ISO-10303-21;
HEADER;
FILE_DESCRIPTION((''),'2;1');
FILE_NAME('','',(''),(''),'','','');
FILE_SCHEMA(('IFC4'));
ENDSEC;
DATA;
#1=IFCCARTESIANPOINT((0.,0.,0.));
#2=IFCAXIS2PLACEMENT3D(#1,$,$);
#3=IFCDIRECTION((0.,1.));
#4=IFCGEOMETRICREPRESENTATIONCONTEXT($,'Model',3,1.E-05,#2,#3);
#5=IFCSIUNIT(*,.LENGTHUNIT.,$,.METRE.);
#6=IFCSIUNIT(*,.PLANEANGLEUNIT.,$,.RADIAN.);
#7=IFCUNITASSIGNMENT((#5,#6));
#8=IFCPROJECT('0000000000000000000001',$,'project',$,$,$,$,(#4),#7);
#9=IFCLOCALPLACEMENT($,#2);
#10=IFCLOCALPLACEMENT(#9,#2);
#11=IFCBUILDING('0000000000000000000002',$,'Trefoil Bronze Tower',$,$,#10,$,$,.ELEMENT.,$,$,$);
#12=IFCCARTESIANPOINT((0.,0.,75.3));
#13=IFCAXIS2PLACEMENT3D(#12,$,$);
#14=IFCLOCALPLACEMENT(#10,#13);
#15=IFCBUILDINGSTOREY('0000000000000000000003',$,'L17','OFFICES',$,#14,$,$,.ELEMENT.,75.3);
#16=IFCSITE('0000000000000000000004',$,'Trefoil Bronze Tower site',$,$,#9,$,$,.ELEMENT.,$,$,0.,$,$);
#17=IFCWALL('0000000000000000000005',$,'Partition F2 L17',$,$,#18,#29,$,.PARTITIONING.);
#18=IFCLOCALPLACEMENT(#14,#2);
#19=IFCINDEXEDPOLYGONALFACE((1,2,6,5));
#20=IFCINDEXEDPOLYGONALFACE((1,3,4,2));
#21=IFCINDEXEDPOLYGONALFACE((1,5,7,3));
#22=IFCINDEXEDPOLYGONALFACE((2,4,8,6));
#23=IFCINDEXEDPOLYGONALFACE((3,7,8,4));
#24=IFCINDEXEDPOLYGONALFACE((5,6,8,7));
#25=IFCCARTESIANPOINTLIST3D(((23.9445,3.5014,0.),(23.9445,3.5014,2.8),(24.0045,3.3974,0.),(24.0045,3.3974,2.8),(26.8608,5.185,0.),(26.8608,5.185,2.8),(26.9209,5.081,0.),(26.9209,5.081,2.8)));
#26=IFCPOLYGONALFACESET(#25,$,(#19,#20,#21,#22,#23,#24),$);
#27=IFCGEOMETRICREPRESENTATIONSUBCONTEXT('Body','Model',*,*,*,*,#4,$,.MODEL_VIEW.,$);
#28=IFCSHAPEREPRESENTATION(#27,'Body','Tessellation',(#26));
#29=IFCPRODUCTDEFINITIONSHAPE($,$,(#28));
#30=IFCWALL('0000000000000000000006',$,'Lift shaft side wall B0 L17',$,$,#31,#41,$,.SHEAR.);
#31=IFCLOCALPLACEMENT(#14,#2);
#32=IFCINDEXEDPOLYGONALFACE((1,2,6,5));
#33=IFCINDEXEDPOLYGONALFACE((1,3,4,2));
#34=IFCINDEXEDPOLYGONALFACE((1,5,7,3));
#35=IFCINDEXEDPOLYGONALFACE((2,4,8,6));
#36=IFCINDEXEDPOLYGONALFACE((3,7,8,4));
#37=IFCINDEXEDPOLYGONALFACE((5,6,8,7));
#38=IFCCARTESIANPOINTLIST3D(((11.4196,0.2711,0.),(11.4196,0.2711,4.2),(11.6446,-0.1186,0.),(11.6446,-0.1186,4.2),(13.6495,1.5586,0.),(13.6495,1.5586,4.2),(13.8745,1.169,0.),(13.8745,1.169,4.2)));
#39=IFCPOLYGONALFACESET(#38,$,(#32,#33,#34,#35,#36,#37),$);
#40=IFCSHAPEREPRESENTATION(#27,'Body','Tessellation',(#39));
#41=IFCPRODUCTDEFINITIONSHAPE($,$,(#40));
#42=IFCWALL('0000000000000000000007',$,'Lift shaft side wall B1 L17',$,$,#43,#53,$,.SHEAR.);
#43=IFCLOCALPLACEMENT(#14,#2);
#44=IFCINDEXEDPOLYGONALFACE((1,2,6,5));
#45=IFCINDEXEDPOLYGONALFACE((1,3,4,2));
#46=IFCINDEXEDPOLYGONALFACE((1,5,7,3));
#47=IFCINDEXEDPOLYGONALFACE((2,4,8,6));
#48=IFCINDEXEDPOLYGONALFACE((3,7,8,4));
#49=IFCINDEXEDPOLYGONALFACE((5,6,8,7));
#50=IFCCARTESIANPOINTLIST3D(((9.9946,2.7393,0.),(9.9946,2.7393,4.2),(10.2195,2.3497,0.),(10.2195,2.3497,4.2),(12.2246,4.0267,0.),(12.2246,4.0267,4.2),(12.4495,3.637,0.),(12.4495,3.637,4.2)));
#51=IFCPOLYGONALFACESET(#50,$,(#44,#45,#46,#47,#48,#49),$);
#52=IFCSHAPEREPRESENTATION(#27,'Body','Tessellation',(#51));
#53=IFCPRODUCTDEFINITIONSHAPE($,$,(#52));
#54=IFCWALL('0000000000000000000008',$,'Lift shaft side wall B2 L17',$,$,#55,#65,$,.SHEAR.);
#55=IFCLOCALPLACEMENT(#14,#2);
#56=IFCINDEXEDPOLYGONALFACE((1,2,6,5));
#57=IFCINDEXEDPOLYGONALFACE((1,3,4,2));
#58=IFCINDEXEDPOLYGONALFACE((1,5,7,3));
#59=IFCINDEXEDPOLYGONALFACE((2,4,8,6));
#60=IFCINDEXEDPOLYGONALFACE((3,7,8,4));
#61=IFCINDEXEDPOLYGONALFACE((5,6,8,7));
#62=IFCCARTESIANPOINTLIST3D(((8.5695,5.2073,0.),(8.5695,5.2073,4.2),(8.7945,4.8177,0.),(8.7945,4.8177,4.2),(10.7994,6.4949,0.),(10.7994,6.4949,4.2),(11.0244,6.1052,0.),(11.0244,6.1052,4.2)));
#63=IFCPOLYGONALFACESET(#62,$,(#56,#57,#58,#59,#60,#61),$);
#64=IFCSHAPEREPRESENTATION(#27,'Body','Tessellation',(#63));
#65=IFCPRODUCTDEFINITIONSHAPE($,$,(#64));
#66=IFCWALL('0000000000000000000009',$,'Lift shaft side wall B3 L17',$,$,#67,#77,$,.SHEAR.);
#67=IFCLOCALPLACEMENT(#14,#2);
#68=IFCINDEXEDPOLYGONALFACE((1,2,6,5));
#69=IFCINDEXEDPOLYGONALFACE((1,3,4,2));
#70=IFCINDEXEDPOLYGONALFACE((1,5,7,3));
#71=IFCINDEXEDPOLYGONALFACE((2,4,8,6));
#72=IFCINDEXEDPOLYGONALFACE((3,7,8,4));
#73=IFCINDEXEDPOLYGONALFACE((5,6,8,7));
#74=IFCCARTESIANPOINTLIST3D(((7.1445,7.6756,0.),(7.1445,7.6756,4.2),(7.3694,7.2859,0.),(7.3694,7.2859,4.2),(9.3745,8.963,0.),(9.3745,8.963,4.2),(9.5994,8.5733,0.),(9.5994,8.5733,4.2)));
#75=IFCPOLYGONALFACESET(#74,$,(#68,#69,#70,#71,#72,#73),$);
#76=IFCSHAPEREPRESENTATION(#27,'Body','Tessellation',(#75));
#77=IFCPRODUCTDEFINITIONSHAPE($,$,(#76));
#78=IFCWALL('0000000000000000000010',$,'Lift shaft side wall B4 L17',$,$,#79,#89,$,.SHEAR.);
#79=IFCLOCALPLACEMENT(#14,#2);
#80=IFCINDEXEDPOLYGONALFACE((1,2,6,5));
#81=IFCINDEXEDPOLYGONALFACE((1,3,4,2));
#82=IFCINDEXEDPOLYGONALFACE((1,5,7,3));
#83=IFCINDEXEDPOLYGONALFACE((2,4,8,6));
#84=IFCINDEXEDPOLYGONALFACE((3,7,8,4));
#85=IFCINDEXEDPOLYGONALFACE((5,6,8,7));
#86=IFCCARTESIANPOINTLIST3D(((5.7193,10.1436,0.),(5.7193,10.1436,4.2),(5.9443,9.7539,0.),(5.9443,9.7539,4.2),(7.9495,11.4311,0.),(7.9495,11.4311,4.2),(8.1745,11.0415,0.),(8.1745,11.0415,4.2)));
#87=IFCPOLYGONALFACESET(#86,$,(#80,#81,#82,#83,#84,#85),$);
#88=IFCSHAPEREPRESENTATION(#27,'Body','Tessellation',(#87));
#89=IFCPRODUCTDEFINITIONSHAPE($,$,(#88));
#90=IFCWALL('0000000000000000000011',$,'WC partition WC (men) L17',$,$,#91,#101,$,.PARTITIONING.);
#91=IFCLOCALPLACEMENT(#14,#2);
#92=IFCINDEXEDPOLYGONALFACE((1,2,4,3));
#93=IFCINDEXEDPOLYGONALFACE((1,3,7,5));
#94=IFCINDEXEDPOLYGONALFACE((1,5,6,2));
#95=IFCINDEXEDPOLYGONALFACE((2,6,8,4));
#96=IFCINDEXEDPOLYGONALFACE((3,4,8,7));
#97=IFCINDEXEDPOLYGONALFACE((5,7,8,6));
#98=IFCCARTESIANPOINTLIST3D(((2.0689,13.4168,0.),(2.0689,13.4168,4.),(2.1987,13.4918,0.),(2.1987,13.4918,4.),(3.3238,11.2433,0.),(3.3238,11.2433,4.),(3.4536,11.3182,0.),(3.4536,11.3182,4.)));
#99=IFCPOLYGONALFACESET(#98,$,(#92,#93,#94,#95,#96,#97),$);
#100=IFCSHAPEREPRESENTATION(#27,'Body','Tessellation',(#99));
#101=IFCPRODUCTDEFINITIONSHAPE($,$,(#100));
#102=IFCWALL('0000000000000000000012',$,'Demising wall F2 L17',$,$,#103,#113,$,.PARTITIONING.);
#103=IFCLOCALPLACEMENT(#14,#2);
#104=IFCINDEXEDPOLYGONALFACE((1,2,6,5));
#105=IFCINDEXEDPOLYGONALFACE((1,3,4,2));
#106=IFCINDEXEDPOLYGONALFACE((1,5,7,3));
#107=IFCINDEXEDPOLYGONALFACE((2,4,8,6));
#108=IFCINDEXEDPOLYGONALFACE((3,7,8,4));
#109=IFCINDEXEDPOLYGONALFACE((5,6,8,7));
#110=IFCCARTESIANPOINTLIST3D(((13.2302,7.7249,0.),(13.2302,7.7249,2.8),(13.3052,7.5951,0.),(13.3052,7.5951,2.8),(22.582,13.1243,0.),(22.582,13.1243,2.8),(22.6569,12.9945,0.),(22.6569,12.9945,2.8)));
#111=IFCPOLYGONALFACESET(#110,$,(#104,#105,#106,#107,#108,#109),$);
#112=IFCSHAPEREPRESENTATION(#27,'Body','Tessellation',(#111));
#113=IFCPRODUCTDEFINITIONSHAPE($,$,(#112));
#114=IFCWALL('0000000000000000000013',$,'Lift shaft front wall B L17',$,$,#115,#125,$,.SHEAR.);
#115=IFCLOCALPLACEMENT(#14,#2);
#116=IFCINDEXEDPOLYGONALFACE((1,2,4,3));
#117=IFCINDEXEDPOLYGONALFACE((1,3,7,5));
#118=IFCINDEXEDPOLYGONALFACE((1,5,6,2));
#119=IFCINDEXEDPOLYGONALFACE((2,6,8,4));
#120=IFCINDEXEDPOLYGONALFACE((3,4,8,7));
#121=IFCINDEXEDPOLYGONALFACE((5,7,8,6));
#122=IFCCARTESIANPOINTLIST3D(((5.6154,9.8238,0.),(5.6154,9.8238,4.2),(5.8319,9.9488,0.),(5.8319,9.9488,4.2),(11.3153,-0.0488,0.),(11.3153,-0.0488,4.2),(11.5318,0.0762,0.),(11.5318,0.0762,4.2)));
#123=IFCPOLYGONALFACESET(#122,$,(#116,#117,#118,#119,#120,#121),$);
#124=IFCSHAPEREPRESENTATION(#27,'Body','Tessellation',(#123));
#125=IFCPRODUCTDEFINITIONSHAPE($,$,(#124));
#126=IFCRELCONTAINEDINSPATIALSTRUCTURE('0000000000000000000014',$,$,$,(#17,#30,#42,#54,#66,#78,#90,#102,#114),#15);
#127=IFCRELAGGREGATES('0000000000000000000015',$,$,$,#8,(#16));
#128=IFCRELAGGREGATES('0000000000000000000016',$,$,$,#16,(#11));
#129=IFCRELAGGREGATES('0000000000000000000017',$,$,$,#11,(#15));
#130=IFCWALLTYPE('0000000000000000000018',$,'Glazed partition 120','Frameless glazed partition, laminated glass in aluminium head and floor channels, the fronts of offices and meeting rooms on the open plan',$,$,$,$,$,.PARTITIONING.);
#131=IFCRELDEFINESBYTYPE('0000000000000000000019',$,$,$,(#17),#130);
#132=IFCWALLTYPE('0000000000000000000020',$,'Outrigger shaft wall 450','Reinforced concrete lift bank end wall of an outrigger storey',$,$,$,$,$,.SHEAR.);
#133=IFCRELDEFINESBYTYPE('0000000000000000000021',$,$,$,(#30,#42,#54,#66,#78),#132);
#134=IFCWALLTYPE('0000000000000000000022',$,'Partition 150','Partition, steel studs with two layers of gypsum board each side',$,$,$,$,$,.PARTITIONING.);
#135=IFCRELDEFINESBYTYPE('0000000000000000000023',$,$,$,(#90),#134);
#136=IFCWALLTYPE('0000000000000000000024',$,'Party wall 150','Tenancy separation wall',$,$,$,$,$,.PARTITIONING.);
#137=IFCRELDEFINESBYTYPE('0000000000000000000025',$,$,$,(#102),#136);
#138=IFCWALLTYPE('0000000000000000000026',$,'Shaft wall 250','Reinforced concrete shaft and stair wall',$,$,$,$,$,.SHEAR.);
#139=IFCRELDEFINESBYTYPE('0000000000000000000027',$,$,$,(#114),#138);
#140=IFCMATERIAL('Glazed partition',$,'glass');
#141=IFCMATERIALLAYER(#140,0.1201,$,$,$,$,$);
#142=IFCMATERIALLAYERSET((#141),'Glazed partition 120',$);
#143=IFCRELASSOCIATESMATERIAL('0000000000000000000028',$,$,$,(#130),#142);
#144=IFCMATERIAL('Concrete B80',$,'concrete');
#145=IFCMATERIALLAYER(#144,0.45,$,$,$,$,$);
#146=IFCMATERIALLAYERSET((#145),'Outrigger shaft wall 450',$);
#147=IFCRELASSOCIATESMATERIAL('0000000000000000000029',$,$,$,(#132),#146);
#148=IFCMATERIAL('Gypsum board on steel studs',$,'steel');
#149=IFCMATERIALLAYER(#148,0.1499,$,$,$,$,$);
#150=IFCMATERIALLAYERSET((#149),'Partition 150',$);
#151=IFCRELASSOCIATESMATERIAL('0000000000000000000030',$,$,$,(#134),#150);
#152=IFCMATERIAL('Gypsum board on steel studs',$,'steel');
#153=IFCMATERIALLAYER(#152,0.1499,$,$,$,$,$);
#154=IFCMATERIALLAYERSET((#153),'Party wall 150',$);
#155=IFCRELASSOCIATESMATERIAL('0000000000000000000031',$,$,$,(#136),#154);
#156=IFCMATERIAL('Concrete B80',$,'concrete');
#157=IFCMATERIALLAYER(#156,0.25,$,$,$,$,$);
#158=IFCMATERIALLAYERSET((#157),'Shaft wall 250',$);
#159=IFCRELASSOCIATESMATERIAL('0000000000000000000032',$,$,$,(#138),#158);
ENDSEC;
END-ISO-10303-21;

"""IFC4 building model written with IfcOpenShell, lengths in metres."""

from ifc_helpers import new_model, si_unit, direction, frame, frame_2d, origin, place, context, subcontext, project, spatial, rectangle, extrude, material, layer, layer_set, type_object, element, save


model = new_model("IFC4")

# Units and contexts
model_context = context("Model", 3, precision=1e-05, world=origin(), true_north=direction((0.0, 1.0)))
body_context = subcontext(model_context, "Body", "Model", "MODEL_VIEW")
ifc_project = project(units=[si_unit("LENGTHUNIT", "METRE"), si_unit("PLANEANGLEUNIT", "RADIAN")], contexts=[model_context])

# Site, building, storey
site_placement = place(None, origin())
site = spatial("IfcSite", under=ifc_project, at=site_placement, Name="Trefoil Bronze Tower site", CompositionType="ELEMENT", RefElevation=0.0)
building_placement = place(site_placement, origin())
building = spatial("IfcBuilding", under=site, at=building_placement, Name="Trefoil Bronze Tower", CompositionType="ELEMENT")
storey_placement = place(building_placement, frame((0.0, 0.0, 75.3)))
storey = spatial("IfcBuildingStorey", under=building, at=storey_placement, Name="L17", Description="OFFICES", CompositionType="ELEMENT", Elevation=75.3)

# Shared definitions
ifc_material_1 = material(Name="Glazed partition", Category="glass")
ifc_layer_1 = layer(ifc_material_1, 0.1201)
ifc_layer_set_1 = layer_set([ifc_layer_1], Name="Glazed partition 120")
wall_type_1 = type_object("IfcWallType", Name="Glazed partition 120", Description="Frameless glazed partition, laminated glass in aluminium head and floor channels, the fronts of offices and meeting rooms on the open plan", PredefinedType="PARTITIONING", material=ifc_layer_set_1)

# Walls
wall_1_placement = place(storey_placement, frame((23.9746, 3.4495, 0.0), z_axis=(0.0, 0.0, 1.0), x_axis=(0.866039, 0.499976, 0.0)))
element("IfcWall", 1, at=wall_1_placement, inside=storey, type_object=wall_type_1, Name="Partition F2 L17", PredefinedType="PARTITIONING", context=body_context, shape_type="SweptSolid", body=[
    extrude(rectangle(XDim=3.3674, YDim=0.1201, at=frame_2d((1.6836, 0.0))), origin(), (0.0, 0.0, 1.0), 2.8),
])
ifc_material_2 = material(Name="Concrete B80", Category="concrete")
ifc_layer_2 = layer(ifc_material_2, 0.45)
ifc_layer_set_2 = layer_set([ifc_layer_2], Name="Outrigger shaft wall 450")
wall_type_2 = type_object("IfcWallType", Name="Outrigger shaft wall 450", Description="Reinforced concrete lift bank end wall of an outrigger storey", PredefinedType="SHEAR", material=ifc_layer_set_2)
for number, where, z_axis, x_axis, name in (
    (2, (11.532, 0.0762, 0.0), (0.0, 0.0, 1.0), (0.866006, 0.500034, 0.0), "Lift shaft side wall B0 L17"),
    (3, (10.1069, 2.5444, 0.0), (0.0, 0.0, 1.0), (0.866047, 0.499963, 0.0), "Lift shaft side wall B1 L17"),
    (4, (8.6819, 5.0125, 0.0), (0.0, 0.0, 1.0), (0.866006, 0.500034, 0.0), "Lift shaft side wall B2 L17"),
    (5, (7.2568, 7.4807, 0.0), (0.0, 0.0, 1.0), (0.866047, 0.499963, 0.0), "Lift shaft side wall B3 L17"),
):
    element("IfcWall", number, at=place(storey_placement, frame(where, z_axis=z_axis, x_axis=x_axis)), inside=storey, type_object=wall_type_2, Name=name, PredefinedType="SHEAR", context=body_context, shape_type="SweptSolid", body=[
        extrude(rectangle(XDim=2.575, YDim=0.45, at=frame_2d((1.2876, 0.0))), origin(), (0.0, 0.0, 1.0), 4.2),
    ])
wall_2_placement = place(storey_placement, frame((5.8318, 9.9487, 0.0), z_axis=(0.0, 0.0, 1.0), x_axis=(0.866029, 0.499993, 0.0)))
element("IfcWall", 6, at=wall_2_placement, inside=storey, type_object=wall_type_2, Name="Lift shaft side wall B4 L17", PredefinedType="SHEAR", context=body_context, shape_type="SweptSolid", body=[
    extrude(rectangle(XDim=2.5752, YDim=0.45, at=frame_2d((1.2876, 0.0))), origin(), (0.0, 0.0, 1.0), 4.2),
])
ifc_material_3 = material(Name="Gypsum board on steel studs", Category="steel")
ifc_layer_3 = layer(ifc_material_3, 0.1499)
ifc_layer_set_3 = layer_set([ifc_layer_3], Name="Partition 150")
wall_type_3 = type_object("IfcWallType", Name="Partition 150", Description="Partition, steel studs with two layers of gypsum board each side", PredefinedType="PARTITIONING", material=ifc_layer_set_3)
wall_3_placement = place(storey_placement, frame((3.3887, 11.2808, 0.0), z_axis=(0.0, 0.0, 1.0), x_axis=(-0.499989, 0.866032, 0.0)))
element("IfcWall", 7, at=wall_3_placement, inside=storey, type_object=wall_type_3, Name="WC partition WC (men) L17", PredefinedType="PARTITIONING", context=body_context, shape_type="SweptSolid", body=[
    extrude(rectangle(XDim=2.5098, YDim=0.1499, at=frame_2d((1.2549, 0.0))), origin(), (0.0, 0.0, 1.0), 4.0),
])
ifc_material_4 = material(Name="Gypsum board on steel studs", Category="steel")
ifc_layer_4 = layer(ifc_material_4, 0.1499)
ifc_layer_set_4 = layer_set([ifc_layer_4], Name="Party wall 150")
wall_type_4 = type_object("IfcWallType", Name="Party wall 150", Description="Tenancy separation wall", PredefinedType="PARTITIONING", material=ifc_layer_set_4)
wall_4_placement = place(storey_placement, frame((13.2676, 7.6599, 0.0), z_axis=(0.0, 0.0, 1.0), x_axis=(0.86602, 0.50001, 0.0)))
element("IfcWall", 8, at=wall_4_placement, inside=storey, type_object=wall_type_4, Name="Demising wall F2 L17", PredefinedType="PARTITIONING", context=body_context, shape_type="SweptSolid", body=[
    extrude(rectangle(XDim=10.7986, YDim=0.1499, at=frame_2d((5.3994, 0.0))), origin(), (0.0, 0.0, 1.0), 2.8),
])
ifc_material_5 = material(Name="Concrete B80", Category="concrete")
ifc_layer_5 = layer(ifc_material_5, 0.25)
ifc_layer_set_5 = layer_set([ifc_layer_5], Name="Shaft wall 250")
wall_type_5 = type_object("IfcWallType", Name="Shaft wall 250", Description="Reinforced concrete shaft and stair wall", PredefinedType="SHEAR", material=ifc_layer_set_5)
wall_5_placement = place(storey_placement, frame((11.4236, 0.0137, 0.0), z_axis=(0.0, 0.0, 1.0), x_axis=(-0.500002, 0.866024, 0.0)))
element("IfcWall", 9, at=wall_5_placement, inside=storey, type_object=wall_type_5, Name="Lift shaft front wall B L17", PredefinedType="SHEAR", context=body_context, shape_type="SweptSolid", body=[
    extrude(rectangle(XDim=11.3999, YDim=0.25, at=frame_2d((5.7, 0.0))), origin(), (0.0, 0.0, 1.0), 4.2),
])

save(model, "model.ifc")
